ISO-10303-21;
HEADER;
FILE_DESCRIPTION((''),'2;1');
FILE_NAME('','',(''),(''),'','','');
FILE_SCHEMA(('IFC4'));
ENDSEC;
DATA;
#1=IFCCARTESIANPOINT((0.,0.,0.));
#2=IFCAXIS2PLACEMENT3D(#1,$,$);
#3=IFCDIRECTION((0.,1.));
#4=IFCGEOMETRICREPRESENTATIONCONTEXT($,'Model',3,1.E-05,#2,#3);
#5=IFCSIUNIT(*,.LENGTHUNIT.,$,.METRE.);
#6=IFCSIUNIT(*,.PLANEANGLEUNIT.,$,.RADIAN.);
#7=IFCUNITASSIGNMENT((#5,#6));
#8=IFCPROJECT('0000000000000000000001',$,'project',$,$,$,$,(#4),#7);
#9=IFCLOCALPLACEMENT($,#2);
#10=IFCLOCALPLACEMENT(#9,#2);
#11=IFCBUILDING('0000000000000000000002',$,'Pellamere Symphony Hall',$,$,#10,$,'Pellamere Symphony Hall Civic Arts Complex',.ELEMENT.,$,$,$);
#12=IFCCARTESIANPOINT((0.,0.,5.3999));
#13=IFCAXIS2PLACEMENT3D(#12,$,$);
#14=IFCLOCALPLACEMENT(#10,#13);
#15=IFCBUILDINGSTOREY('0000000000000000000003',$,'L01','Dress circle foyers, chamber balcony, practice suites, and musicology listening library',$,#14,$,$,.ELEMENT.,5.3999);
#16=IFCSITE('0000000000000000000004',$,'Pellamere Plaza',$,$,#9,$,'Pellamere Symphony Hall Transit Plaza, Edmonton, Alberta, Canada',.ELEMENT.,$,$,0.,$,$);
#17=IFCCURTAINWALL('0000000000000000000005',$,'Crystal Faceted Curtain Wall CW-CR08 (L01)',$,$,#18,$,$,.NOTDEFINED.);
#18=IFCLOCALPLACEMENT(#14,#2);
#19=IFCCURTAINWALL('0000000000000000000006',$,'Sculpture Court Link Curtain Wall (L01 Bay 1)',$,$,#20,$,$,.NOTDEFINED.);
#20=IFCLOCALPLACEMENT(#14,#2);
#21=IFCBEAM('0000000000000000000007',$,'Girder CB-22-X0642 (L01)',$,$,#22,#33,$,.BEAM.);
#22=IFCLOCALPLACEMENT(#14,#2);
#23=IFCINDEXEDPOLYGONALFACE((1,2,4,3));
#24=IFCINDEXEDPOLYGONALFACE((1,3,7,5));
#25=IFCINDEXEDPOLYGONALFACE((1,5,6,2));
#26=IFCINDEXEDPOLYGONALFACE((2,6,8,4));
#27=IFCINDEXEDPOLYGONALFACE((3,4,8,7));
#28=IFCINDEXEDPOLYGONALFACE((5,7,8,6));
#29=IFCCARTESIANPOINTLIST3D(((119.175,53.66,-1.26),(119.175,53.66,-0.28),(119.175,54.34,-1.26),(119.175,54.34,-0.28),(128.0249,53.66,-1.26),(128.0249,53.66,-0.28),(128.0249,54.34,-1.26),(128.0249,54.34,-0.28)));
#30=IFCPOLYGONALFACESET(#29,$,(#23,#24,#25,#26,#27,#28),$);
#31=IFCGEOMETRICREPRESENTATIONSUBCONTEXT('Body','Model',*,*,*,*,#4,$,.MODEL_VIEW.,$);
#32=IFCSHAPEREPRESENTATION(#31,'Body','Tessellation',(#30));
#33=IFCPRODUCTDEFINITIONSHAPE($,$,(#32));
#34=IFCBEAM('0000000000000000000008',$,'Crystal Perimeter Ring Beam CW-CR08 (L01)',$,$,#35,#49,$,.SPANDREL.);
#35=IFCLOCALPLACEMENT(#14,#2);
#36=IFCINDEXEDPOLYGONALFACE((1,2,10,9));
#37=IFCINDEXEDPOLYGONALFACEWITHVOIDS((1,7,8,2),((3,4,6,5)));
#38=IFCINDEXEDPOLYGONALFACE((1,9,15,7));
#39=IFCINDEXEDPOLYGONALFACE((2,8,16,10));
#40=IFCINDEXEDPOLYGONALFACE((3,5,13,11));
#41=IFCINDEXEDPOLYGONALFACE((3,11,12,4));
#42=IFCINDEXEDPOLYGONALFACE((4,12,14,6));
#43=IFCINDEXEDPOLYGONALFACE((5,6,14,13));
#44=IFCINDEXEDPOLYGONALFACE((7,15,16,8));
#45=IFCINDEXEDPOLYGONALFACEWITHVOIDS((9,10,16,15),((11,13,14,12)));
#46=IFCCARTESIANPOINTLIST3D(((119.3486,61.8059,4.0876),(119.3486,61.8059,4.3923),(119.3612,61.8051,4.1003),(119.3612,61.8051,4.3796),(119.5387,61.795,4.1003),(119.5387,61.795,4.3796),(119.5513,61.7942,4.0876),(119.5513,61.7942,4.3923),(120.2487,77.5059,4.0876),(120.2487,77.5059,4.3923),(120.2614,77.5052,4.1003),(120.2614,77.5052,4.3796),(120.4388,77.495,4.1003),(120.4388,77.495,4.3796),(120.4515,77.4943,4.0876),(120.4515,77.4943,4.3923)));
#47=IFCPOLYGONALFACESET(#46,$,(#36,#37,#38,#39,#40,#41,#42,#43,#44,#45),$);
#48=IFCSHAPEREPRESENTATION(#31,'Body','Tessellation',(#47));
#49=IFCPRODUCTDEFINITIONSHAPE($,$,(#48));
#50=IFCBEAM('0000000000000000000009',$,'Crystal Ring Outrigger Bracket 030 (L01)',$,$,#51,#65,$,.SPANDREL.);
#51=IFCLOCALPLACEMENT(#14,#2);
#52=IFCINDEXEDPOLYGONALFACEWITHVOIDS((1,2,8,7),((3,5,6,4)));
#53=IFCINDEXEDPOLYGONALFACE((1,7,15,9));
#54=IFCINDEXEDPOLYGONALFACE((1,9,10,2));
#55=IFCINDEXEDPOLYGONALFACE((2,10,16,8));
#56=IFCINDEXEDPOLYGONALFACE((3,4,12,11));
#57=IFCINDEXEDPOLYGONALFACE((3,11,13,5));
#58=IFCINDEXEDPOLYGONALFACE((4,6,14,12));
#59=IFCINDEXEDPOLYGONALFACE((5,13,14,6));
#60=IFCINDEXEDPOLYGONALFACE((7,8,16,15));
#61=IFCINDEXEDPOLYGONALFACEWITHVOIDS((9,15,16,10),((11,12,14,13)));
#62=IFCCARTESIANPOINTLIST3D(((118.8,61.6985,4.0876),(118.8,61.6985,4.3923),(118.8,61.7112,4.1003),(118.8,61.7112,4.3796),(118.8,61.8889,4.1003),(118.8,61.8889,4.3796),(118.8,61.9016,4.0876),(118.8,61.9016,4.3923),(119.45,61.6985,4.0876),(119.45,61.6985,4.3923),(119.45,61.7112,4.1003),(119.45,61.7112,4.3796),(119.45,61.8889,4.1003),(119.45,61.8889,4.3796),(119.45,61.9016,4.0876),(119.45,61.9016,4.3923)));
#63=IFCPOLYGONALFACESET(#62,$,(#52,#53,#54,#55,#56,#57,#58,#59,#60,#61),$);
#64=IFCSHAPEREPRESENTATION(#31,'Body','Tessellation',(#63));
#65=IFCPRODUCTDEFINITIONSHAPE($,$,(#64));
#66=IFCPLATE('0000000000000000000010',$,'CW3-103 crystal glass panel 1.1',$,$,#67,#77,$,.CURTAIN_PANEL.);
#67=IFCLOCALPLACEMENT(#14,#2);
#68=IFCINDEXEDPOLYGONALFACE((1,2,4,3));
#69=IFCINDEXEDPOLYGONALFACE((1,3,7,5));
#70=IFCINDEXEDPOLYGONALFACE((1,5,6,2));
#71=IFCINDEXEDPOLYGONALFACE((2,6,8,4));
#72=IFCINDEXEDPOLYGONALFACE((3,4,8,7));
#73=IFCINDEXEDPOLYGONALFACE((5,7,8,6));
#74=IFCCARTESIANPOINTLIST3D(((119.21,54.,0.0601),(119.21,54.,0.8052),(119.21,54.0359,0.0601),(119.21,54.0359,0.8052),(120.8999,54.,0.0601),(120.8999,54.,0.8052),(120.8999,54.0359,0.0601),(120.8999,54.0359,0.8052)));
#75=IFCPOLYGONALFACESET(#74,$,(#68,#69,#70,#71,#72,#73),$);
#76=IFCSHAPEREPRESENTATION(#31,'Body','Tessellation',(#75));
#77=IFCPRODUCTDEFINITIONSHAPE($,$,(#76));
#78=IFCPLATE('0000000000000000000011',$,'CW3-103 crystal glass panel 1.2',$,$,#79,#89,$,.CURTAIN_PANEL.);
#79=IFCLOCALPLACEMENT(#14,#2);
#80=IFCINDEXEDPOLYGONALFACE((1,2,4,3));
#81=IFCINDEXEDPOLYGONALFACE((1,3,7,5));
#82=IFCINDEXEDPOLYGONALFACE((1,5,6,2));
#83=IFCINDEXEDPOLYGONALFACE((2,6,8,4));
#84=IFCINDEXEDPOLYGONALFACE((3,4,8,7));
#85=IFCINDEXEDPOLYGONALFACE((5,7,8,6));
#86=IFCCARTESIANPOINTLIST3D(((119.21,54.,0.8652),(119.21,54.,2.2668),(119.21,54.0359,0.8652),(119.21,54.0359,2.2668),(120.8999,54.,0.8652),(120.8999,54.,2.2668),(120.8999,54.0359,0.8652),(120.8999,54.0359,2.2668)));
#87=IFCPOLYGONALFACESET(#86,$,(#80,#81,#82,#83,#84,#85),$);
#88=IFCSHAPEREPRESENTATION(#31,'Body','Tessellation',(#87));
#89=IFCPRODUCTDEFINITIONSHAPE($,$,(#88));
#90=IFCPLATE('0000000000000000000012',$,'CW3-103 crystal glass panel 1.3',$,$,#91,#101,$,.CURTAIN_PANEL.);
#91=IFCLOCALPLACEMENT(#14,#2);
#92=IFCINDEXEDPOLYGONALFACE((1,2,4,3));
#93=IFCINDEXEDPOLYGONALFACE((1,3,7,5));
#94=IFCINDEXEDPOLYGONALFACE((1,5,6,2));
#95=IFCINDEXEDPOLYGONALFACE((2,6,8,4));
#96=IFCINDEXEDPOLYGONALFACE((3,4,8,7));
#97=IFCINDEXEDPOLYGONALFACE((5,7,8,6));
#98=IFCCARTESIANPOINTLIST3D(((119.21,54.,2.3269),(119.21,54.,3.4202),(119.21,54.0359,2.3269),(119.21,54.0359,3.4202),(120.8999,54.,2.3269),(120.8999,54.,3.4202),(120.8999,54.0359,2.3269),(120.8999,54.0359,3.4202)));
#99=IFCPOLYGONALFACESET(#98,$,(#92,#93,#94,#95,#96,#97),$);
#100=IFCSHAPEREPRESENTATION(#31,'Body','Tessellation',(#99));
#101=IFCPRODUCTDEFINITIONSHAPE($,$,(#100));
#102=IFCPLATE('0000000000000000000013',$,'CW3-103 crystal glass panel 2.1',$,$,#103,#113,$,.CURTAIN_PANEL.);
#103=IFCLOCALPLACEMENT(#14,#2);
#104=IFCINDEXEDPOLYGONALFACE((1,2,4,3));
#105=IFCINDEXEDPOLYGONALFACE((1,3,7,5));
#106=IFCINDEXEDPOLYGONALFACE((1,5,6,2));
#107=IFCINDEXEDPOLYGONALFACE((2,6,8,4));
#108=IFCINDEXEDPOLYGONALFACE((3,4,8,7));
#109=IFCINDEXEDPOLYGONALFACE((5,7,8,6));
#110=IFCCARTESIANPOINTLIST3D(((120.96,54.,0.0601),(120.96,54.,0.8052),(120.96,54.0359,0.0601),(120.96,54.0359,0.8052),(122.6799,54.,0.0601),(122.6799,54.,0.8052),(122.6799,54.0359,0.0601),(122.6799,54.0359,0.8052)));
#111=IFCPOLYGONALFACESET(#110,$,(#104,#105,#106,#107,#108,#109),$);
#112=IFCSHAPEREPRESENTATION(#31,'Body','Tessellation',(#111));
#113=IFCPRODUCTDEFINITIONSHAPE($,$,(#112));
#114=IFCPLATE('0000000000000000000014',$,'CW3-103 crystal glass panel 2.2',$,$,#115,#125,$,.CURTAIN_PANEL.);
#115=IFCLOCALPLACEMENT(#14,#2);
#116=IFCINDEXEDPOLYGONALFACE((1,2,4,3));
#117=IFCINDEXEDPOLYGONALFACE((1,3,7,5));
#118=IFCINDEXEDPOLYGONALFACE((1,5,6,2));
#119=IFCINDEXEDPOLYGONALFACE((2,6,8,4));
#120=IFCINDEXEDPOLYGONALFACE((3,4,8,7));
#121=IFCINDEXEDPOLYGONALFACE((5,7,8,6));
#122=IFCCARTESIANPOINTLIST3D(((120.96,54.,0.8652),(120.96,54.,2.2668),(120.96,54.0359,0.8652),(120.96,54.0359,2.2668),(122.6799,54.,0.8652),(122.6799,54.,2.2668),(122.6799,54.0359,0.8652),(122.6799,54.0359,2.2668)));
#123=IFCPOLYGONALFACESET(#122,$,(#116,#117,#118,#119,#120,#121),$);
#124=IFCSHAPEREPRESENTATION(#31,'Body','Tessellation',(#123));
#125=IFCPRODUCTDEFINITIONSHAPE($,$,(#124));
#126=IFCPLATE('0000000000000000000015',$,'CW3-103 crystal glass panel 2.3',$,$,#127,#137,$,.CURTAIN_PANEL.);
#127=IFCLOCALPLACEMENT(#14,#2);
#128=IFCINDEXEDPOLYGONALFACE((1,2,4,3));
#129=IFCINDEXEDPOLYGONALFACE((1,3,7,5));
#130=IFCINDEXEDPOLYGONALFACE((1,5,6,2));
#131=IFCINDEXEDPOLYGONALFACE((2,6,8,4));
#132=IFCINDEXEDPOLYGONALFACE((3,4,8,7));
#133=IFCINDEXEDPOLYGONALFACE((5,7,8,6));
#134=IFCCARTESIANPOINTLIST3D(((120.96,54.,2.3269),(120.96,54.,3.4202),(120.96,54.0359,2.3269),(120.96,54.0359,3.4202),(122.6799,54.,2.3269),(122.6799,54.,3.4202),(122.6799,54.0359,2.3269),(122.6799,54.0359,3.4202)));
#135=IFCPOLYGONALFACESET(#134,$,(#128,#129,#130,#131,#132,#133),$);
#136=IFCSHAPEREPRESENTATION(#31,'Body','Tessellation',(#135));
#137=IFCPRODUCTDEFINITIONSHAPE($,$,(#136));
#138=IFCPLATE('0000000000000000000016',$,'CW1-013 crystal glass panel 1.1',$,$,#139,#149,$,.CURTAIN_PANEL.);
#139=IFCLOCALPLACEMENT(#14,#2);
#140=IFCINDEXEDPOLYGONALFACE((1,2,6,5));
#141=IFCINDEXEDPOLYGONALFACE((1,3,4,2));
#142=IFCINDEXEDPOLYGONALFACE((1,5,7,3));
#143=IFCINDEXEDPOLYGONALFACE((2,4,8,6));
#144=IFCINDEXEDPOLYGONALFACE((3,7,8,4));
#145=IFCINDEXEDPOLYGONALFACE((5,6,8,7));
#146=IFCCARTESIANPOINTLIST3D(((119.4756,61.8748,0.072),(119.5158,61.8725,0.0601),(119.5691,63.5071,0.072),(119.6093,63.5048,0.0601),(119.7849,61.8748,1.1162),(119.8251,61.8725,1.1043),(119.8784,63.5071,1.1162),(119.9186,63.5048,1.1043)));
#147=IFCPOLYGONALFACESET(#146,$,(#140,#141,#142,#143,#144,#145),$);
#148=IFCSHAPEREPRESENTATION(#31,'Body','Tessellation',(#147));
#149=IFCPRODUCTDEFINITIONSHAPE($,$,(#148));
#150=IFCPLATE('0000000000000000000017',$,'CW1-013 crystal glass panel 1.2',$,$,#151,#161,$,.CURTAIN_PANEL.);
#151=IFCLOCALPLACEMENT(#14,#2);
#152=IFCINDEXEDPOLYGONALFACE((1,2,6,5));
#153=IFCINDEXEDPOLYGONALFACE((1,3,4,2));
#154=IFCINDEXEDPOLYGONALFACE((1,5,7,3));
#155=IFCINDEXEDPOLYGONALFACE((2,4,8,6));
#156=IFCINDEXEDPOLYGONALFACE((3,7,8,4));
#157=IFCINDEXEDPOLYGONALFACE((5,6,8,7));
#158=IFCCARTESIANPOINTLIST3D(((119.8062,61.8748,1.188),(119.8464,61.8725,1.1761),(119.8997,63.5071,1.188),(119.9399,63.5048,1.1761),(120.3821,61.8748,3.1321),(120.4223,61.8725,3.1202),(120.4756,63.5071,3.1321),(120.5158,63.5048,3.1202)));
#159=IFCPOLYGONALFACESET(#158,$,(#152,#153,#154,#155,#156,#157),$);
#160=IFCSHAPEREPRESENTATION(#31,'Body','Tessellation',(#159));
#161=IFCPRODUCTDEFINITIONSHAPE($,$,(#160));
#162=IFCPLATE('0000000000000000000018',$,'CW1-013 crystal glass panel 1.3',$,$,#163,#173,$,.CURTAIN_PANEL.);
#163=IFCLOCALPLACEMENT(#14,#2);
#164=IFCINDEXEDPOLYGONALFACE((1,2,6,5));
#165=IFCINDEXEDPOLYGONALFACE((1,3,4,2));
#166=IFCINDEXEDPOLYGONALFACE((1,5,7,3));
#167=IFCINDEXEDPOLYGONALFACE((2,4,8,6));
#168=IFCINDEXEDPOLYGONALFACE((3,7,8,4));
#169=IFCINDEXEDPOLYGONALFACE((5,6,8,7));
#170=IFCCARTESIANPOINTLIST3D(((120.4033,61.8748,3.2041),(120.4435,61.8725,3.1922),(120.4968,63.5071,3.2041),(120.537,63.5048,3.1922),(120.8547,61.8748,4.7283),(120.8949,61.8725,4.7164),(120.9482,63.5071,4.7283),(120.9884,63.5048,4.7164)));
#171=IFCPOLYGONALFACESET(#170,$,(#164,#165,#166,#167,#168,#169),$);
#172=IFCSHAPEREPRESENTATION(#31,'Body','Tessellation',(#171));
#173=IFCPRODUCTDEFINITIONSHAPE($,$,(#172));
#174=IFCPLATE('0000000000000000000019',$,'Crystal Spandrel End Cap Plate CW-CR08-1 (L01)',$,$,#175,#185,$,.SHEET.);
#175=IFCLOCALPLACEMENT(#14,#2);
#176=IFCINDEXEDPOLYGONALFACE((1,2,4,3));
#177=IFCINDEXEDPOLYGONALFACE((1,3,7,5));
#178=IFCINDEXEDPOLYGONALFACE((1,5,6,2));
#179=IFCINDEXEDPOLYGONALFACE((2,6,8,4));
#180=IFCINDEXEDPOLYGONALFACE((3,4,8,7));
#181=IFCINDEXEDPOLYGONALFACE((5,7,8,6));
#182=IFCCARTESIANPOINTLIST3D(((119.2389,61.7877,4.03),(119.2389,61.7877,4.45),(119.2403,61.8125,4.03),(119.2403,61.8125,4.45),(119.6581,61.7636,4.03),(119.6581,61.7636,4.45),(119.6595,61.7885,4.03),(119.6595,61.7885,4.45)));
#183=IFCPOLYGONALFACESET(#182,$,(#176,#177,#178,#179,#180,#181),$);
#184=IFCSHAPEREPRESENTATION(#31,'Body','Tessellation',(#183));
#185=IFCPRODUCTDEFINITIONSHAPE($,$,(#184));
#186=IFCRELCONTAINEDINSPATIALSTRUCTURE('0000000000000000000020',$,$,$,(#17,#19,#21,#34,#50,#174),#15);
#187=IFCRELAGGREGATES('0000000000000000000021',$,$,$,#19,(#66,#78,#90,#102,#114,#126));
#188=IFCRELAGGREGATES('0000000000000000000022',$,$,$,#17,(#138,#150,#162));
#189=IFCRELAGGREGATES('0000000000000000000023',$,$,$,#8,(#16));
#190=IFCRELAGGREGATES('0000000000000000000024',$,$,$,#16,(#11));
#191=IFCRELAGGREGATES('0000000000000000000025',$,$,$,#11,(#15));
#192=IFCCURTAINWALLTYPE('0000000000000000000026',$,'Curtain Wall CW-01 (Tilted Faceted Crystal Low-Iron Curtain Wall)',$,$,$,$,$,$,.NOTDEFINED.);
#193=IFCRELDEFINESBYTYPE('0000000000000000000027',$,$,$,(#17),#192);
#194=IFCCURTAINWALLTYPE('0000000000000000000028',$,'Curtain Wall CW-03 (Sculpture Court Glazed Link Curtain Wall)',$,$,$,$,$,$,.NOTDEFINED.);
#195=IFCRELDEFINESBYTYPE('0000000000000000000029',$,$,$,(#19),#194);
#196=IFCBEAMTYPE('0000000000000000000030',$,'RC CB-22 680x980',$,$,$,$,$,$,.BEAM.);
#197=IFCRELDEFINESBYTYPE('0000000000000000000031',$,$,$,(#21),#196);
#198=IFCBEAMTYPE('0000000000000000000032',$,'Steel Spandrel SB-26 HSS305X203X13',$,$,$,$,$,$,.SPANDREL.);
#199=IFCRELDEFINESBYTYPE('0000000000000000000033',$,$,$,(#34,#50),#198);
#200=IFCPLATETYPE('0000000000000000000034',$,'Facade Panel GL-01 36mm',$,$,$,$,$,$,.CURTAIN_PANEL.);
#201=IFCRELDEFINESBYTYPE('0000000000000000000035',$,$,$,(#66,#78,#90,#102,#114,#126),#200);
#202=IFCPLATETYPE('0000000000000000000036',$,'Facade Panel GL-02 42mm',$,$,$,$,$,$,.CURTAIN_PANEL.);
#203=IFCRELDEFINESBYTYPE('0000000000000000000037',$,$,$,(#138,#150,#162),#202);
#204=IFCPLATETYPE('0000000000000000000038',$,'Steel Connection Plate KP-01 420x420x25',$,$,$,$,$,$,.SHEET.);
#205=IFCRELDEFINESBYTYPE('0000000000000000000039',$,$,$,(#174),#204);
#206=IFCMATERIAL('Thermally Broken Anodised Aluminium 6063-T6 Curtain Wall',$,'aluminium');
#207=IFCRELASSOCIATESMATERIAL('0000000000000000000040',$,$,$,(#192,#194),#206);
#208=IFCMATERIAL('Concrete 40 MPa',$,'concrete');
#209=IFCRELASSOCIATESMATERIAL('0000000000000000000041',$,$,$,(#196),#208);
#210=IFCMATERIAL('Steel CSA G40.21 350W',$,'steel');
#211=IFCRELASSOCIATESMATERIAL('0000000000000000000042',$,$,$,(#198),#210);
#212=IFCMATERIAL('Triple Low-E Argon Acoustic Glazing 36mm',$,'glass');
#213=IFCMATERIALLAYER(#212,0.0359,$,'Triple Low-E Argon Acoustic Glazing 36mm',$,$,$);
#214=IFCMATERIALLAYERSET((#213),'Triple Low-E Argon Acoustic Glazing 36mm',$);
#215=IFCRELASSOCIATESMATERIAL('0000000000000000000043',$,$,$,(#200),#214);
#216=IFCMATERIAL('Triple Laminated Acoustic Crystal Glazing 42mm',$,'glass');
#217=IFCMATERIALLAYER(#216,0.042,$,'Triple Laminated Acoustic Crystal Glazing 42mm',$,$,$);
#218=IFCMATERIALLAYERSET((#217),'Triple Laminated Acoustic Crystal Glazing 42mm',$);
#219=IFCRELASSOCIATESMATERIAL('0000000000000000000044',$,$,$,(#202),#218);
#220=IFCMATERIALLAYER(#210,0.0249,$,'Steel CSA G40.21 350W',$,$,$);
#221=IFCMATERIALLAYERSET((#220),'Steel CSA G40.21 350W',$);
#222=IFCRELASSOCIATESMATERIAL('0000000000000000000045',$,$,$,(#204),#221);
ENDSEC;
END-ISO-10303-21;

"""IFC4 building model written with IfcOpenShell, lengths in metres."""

from ifc_helpers import new_model, si_unit, direction, frame, origin, origin_2d, place, context, subcontext, project, spatial, polyline, rectangle, hollow_rectangle, outline, extrude, material, layer, layer_set, material_profile, profile_set, type_object, element, aggregate, save


model = new_model("IFC4")

# Units and contexts
model_context = context("Model", 3, precision=1e-05, world=origin(), true_north=direction((0.0, 1.0)))
body_context = subcontext(model_context, "Body", "Model", "MODEL_VIEW")
ifc_project = project(units=[si_unit("LENGTHUNIT", "METRE"), si_unit("PLANEANGLEUNIT", "RADIAN")], contexts=[model_context])

# Site, building, storey
site_placement = place(None, origin())
site = spatial("IfcSite", under=ifc_project, at=site_placement, Name="Pellamere Plaza", LongName="Pellamere Symphony Hall Transit Plaza, Edmonton, Alberta, Canada", CompositionType="ELEMENT", RefElevation=0.0)
building_placement = place(site_placement, origin())
building = spatial("IfcBuilding", under=site, at=building_placement, Name="Pellamere Symphony Hall", LongName="Pellamere Symphony Hall Civic Arts Complex", CompositionType="ELEMENT")
storey_placement = place(building_placement, frame((0.0, 0.0, 5.3999)))
storey = spatial("IfcBuildingStorey", under=building, at=storey_placement, Name="L01", Description="Dress circle foyers, chamber balcony, practice suites, and musicology listening library", CompositionType="ELEMENT", Elevation=5.3999)

# Shared definitions
ifc_material_1 = material(Name="Concrete 40 MPa", Category="concrete")

# Curtain wall
ifc_material_2 = material(Name="Thermally Broken Anodised Aluminium 6063-T6 Curtain Wall", Category="aluminium")
curtain_wall_type_1 = type_object("IfcCurtainWallType", Name="Curtain Wall CW-01 (Tilted Faceted Crystal Low-Iron Curtain Wall)", PredefinedType="NOTDEFINED", material=ifc_material_2)
curtain_wall_1_placement = place(storey_placement, origin())
curtain_wall_1 = element("IfcCurtainWall", 1, at=curtain_wall_1_placement, inside=storey, type_object=curtain_wall_type_1, Name="Crystal Faceted Curtain Wall CW-CR08 (L01)", PredefinedType="NOTDEFINED")

# Curtain wall
curtain_wall_type_2 = type_object("IfcCurtainWallType", Name="Curtain Wall CW-03 (Sculpture Court Glazed Link Curtain Wall)", PredefinedType="NOTDEFINED", material=ifc_material_2)
curtain_wall_2_placement = place(storey_placement, origin())
curtain_wall_2 = element("IfcCurtainWall", 2, at=curtain_wall_2_placement, inside=storey, type_object=curtain_wall_type_2, Name="Sculpture Court Link Curtain Wall (L01 Bay 1)", PredefinedType="NOTDEFINED")

# Beams
ifc_material_profile_1 = material_profile(ifc_material_1, rectangle(XDim=0.6799, YDim=0.98, at=origin_2d()), Name="RC 680x980")
ifc_profile_set_1 = profile_set([ifc_material_profile_1], Name="Concrete 40 MPa")
beam_type_1 = type_object("IfcBeamType", Name="RC CB-22 680x980", PredefinedType="BEAM", material=ifc_profile_set_1)
for number, where, z_axis, x_axis, name in (
    (3, (119.175, 54.0, -0.77), (1.0, 0.0, 0.0), (0.0, 1.0, 0.0), "Girder CB-22-X0642 (L01)"),
):
    element("IfcBeam", number, at=place(storey_placement, frame(where, z_axis=z_axis, x_axis=x_axis)), inside=storey, type_object=beam_type_1, Name=name, PredefinedType="BEAM", context=body_context, shape_type="SweptSolid", body=[
        extrude(rectangle(XDim=0.6799, YDim=0.98, at=origin_2d()), origin(), (0.0, 0.0, 1.0), 8.8499),
    ])
ifc_material_3 = material(Name="Steel CSA G40.21 350W", Category="steel")
ifc_material_profile_2 = material_profile(ifc_material_3, hollow_rectangle(XDim=0.2031, YDim=0.3047, WallThickness=0.0127, at=origin_2d()), Name="HSS305X203X13")
ifc_profile_set_2 = profile_set([ifc_material_profile_2], Name="Steel CSA G40.21 350W")
beam_type_2 = type_object("IfcBeamType", Name="Steel Spandrel SB-26 HSS305X203X13", PredefinedType="SPANDREL", material=ifc_profile_set_2)
beam_1_placement = place(storey_placement, frame((119.45, 61.8, 4.24), z_axis=(0.05724, 0.99836, 0.0), x_axis=(-0.99836, 0.05724, 0.0)))
element("IfcBeam", 4, at=beam_1_placement, inside=storey, type_object=beam_type_2, Name="Crystal Perimeter Ring Beam CW-CR08 (L01)", PredefinedType="SPANDREL", context=body_context, shape_type="SweptSolid", body=[
    extrude(hollow_rectangle(XDim=0.2031, YDim=0.3047, WallThickness=0.0127, at=origin_2d()), origin(), (0.0, 0.0, 1.0), 15.7258),
])
beam_2_placement = place(storey_placement, frame((118.8, 61.8, 4.24), z_axis=(1.0, 0.0, 0.0), x_axis=(0.0, 1.0, 0.0)))
element("IfcBeam", 5, at=beam_2_placement, inside=storey, type_object=beam_type_2, Name="Crystal Ring Outrigger Bracket 030 (L01)", PredefinedType="SPANDREL", context=body_context, shape_type="SweptSolid", body=[
    extrude(hollow_rectangle(XDim=0.2031, YDim=0.3047, WallThickness=0.0127, at=origin_2d()), origin(), (0.0, 0.0, 1.0), 0.6499),
])

# Plates
ifc_material_4 = material(Name="Triple Low-E Argon Acoustic Glazing 36mm", Category="glass")
ifc_layer_1 = layer(ifc_material_4, 0.0359, Name="Triple Low-E Argon Acoustic Glazing 36mm")
ifc_layer_set_1 = layer_set([ifc_layer_1], Name="Triple Low-E Argon Acoustic Glazing 36mm")
plate_type_1 = type_object("IfcPlateType", Name="Facade Panel GL-01 36mm", PredefinedType="CURTAIN_PANEL", material=ifc_layer_set_1)
plate_1_placement = place(storey_placement, frame((119.21, 54.0, 0.0601), z_axis=(0.0, -1.0, 0.0), x_axis=(1.0, 0.0, 0.0)))
plate_1 = element("IfcPlate", 6, at=plate_1_placement, type_object=plate_type_1, Name="CW3-103 crystal glass panel 1.1", PredefinedType="CURTAIN_PANEL", context=body_context, shape_type="SweptSolid", body=[
    extrude(outline(polyline([(0.0, 0.0), (1.6899, 0.0), (1.6899, 0.7451), (0.0, 0.7451), (0.0, 0.0)])), origin(), (0.0, 0.0, -1.0), 0.0359),
])
plate_2_placement = place(storey_placement, frame((119.21, 54.0, 0.8652), z_axis=(0.0, -1.0, 0.0), x_axis=(1.0, 0.0, 0.0)))
plate_2 = element("IfcPlate", 7, at=plate_2_placement, type_object=plate_type_1, Name="CW3-103 crystal glass panel 1.2", PredefinedType="CURTAIN_PANEL", context=body_context, shape_type="SweptSolid", body=[
    extrude(outline(polyline([(0.0, 0.0), (1.6899, 0.0), (1.6899, 1.4016), (0.0, 1.4016), (0.0, 0.0)])), origin(), (0.0, 0.0, -1.0), 0.0359),
])
plate_3_placement = place(storey_placement, frame((119.21, 54.0, 2.3269), z_axis=(0.0, -1.0, 0.0), x_axis=(1.0, 0.0, 0.0)))
plate_3 = element("IfcPlate", 8, at=plate_3_placement, type_object=plate_type_1, Name="CW3-103 crystal glass panel 1.3", PredefinedType="CURTAIN_PANEL", context=body_context, shape_type="SweptSolid", body=[
    extrude(outline(polyline([(0.0, 0.0), (1.6899, 0.0), (1.6899, 1.0933), (0.0, 1.0933), (0.0, 0.0)])), origin(), (0.0, 0.0, -1.0), 0.0359),
])
plate_4_placement = place(storey_placement, frame((120.96, 54.0, 0.0601), z_axis=(0.0, -1.0, 0.0), x_axis=(1.0, 0.0, 0.0)))
plate_4 = element("IfcPlate", 9, at=plate_4_placement, type_object=plate_type_1, Name="CW3-103 crystal glass panel 2.1", PredefinedType="CURTAIN_PANEL", context=body_context, shape_type="SweptSolid", body=[
    extrude(outline(polyline([(0.0, 0.0), (1.72, 0.0), (1.72, 0.7451), (0.0, 0.7451), (0.0, 0.0)])), origin(), (0.0, 0.0, -1.0), 0.0359),
])
plate_5_placement = place(storey_placement, frame((120.96, 54.0, 0.8652), z_axis=(0.0, -1.0, 0.0), x_axis=(1.0, 0.0, 0.0)))
plate_5 = element("IfcPlate", 10, at=plate_5_placement, type_object=plate_type_1, Name="CW3-103 crystal glass panel 2.2", PredefinedType="CURTAIN_PANEL", context=body_context, shape_type="SweptSolid", body=[
    extrude(outline(polyline([(0.0, 0.0), (1.72, 0.0), (1.72, 1.4016), (0.0, 1.4016), (0.0, 0.0)])), origin(), (0.0, 0.0, -1.0), 0.0359),
])
plate_6_placement = place(storey_placement, frame((120.96, 54.0, 2.3269), z_axis=(0.0, -1.0, 0.0), x_axis=(1.0, 0.0, 0.0)))
plate_6 = element("IfcPlate", 11, at=plate_6_placement, type_object=plate_type_1, Name="CW3-103 crystal glass panel 2.3", PredefinedType="CURTAIN_PANEL", context=body_context, shape_type="SweptSolid", body=[
    extrude(outline(polyline([(0.0, 0.0), (1.72, 0.0), (1.72, 1.0933), (0.0, 1.0933), (0.0, 0.0)])), origin(), (0.0, 0.0, -1.0), 0.0359),
])
aggregate(curtain_wall_2, [plate_1, plate_2, plate_3, plate_4, plate_5, plate_6])
ifc_material_5 = material(Name="Triple Laminated Acoustic Crystal Glazing 42mm", Category="glass")
ifc_layer_2 = layer(ifc_material_5, 0.042, Name="Triple Laminated Acoustic Crystal Glazing 42mm")
ifc_layer_set_2 = layer_set([ifc_layer_2], Name="Triple Laminated Acoustic Crystal Glazing 42mm")
plate_type_2 = type_object("IfcPlateType", Name="Facade Panel GL-02 42mm", PredefinedType="CURTAIN_PANEL", material=ifc_layer_set_2)
plate_7_placement = place(storey_placement, frame((119.4756, 61.8748, 0.072), z_axis=(-0.957371, 0.054842, 0.283607), x_axis=(0.05719, 0.998363, 0.0)))
plate_7 = element("IfcPlate", 12, at=plate_7_placement, type_object=plate_type_2, Name="CW1-013 crystal glass panel 1.1", PredefinedType="CURTAIN_PANEL", context=body_context, shape_type="SweptSolid", body=[
    extrude(outline(polyline([(0.0, 0.0), (1.635, 0.0), (1.6527, -1.0889), (0.0177, -1.0889), (0.0, 0.0)])), origin(), (0.0, 0.0, -1.0), 0.042),
])
plate_8_placement = place(storey_placement, frame((119.8062, 61.8748, 1.188), z_axis=(-0.957369, 0.054842, 0.283616), x_axis=(0.05719, 0.998363, 0.0)))
plate_8 = element("IfcPlate", 13, at=plate_8_placement, type_object=plate_type_2, Name="CW1-013 crystal glass panel 1.2", PredefinedType="CURTAIN_PANEL", context=body_context, shape_type="SweptSolid", body=[
    extrude(outline(polyline([(0.0, 0.0), (1.635, 0.0), (1.6679, -2.0273), (0.0329, -2.0273), (0.0, 0.0)])), origin(), (0.0, 0.0, -1.0), 0.042),
])
plate_9_placement = place(storey_placement, frame((120.4033, 61.8748, 3.2041), z_axis=(-0.957388, 0.054843, 0.283551), x_axis=(0.05719, 0.998363, 0.0)))
plate_9 = element("IfcPlate", 14, at=plate_9_placement, type_object=plate_type_2, Name="CW1-013 crystal glass panel 1.3", PredefinedType="CURTAIN_PANEL", context=body_context, shape_type="SweptSolid", body=[
    extrude(outline(polyline([(0.0, 0.0), (1.635, 0.0), (1.6608, -1.5894), (0.0258, -1.5894), (0.0, 0.0)])), origin(), (0.0, 0.0, -1.0), 0.042),
])
aggregate(curtain_wall_1, [plate_7, plate_8, plate_9])

# Plate
ifc_layer_3 = layer(ifc_material_3, 0.0249, Name="Steel CSA G40.21 350W")
ifc_layer_set_3 = layer_set([ifc_layer_3], Name="Steel CSA G40.21 350W")
plate_type_3 = type_object("IfcPlateType", Name="Steel Connection Plate KP-01 420x420x25", PredefinedType="SHEET", material=ifc_layer_set_3)
for number, where, z_axis, x_axis, name in (
    (15, (119.4492, 61.7881, 4.03), (0.0, 0.0, 1.0), (0.057216, 0.998362, 0.0), "Crystal Spandrel End Cap Plate CW-CR08-1 (L01)"),
):
    element("IfcPlate", number, at=place(storey_placement, frame(where, z_axis=z_axis, x_axis=x_axis)), inside=storey, type_object=plate_type_3, Name=name, PredefinedType="SHEET", context=body_context, shape_type="SweptSolid", body=[
        extrude(rectangle(XDim=0.0249, YDim=0.4199, at=origin_2d()), origin(), (0.0, 0.0, 1.0), 0.4199),
    ])

save(model, "model.ifc")
